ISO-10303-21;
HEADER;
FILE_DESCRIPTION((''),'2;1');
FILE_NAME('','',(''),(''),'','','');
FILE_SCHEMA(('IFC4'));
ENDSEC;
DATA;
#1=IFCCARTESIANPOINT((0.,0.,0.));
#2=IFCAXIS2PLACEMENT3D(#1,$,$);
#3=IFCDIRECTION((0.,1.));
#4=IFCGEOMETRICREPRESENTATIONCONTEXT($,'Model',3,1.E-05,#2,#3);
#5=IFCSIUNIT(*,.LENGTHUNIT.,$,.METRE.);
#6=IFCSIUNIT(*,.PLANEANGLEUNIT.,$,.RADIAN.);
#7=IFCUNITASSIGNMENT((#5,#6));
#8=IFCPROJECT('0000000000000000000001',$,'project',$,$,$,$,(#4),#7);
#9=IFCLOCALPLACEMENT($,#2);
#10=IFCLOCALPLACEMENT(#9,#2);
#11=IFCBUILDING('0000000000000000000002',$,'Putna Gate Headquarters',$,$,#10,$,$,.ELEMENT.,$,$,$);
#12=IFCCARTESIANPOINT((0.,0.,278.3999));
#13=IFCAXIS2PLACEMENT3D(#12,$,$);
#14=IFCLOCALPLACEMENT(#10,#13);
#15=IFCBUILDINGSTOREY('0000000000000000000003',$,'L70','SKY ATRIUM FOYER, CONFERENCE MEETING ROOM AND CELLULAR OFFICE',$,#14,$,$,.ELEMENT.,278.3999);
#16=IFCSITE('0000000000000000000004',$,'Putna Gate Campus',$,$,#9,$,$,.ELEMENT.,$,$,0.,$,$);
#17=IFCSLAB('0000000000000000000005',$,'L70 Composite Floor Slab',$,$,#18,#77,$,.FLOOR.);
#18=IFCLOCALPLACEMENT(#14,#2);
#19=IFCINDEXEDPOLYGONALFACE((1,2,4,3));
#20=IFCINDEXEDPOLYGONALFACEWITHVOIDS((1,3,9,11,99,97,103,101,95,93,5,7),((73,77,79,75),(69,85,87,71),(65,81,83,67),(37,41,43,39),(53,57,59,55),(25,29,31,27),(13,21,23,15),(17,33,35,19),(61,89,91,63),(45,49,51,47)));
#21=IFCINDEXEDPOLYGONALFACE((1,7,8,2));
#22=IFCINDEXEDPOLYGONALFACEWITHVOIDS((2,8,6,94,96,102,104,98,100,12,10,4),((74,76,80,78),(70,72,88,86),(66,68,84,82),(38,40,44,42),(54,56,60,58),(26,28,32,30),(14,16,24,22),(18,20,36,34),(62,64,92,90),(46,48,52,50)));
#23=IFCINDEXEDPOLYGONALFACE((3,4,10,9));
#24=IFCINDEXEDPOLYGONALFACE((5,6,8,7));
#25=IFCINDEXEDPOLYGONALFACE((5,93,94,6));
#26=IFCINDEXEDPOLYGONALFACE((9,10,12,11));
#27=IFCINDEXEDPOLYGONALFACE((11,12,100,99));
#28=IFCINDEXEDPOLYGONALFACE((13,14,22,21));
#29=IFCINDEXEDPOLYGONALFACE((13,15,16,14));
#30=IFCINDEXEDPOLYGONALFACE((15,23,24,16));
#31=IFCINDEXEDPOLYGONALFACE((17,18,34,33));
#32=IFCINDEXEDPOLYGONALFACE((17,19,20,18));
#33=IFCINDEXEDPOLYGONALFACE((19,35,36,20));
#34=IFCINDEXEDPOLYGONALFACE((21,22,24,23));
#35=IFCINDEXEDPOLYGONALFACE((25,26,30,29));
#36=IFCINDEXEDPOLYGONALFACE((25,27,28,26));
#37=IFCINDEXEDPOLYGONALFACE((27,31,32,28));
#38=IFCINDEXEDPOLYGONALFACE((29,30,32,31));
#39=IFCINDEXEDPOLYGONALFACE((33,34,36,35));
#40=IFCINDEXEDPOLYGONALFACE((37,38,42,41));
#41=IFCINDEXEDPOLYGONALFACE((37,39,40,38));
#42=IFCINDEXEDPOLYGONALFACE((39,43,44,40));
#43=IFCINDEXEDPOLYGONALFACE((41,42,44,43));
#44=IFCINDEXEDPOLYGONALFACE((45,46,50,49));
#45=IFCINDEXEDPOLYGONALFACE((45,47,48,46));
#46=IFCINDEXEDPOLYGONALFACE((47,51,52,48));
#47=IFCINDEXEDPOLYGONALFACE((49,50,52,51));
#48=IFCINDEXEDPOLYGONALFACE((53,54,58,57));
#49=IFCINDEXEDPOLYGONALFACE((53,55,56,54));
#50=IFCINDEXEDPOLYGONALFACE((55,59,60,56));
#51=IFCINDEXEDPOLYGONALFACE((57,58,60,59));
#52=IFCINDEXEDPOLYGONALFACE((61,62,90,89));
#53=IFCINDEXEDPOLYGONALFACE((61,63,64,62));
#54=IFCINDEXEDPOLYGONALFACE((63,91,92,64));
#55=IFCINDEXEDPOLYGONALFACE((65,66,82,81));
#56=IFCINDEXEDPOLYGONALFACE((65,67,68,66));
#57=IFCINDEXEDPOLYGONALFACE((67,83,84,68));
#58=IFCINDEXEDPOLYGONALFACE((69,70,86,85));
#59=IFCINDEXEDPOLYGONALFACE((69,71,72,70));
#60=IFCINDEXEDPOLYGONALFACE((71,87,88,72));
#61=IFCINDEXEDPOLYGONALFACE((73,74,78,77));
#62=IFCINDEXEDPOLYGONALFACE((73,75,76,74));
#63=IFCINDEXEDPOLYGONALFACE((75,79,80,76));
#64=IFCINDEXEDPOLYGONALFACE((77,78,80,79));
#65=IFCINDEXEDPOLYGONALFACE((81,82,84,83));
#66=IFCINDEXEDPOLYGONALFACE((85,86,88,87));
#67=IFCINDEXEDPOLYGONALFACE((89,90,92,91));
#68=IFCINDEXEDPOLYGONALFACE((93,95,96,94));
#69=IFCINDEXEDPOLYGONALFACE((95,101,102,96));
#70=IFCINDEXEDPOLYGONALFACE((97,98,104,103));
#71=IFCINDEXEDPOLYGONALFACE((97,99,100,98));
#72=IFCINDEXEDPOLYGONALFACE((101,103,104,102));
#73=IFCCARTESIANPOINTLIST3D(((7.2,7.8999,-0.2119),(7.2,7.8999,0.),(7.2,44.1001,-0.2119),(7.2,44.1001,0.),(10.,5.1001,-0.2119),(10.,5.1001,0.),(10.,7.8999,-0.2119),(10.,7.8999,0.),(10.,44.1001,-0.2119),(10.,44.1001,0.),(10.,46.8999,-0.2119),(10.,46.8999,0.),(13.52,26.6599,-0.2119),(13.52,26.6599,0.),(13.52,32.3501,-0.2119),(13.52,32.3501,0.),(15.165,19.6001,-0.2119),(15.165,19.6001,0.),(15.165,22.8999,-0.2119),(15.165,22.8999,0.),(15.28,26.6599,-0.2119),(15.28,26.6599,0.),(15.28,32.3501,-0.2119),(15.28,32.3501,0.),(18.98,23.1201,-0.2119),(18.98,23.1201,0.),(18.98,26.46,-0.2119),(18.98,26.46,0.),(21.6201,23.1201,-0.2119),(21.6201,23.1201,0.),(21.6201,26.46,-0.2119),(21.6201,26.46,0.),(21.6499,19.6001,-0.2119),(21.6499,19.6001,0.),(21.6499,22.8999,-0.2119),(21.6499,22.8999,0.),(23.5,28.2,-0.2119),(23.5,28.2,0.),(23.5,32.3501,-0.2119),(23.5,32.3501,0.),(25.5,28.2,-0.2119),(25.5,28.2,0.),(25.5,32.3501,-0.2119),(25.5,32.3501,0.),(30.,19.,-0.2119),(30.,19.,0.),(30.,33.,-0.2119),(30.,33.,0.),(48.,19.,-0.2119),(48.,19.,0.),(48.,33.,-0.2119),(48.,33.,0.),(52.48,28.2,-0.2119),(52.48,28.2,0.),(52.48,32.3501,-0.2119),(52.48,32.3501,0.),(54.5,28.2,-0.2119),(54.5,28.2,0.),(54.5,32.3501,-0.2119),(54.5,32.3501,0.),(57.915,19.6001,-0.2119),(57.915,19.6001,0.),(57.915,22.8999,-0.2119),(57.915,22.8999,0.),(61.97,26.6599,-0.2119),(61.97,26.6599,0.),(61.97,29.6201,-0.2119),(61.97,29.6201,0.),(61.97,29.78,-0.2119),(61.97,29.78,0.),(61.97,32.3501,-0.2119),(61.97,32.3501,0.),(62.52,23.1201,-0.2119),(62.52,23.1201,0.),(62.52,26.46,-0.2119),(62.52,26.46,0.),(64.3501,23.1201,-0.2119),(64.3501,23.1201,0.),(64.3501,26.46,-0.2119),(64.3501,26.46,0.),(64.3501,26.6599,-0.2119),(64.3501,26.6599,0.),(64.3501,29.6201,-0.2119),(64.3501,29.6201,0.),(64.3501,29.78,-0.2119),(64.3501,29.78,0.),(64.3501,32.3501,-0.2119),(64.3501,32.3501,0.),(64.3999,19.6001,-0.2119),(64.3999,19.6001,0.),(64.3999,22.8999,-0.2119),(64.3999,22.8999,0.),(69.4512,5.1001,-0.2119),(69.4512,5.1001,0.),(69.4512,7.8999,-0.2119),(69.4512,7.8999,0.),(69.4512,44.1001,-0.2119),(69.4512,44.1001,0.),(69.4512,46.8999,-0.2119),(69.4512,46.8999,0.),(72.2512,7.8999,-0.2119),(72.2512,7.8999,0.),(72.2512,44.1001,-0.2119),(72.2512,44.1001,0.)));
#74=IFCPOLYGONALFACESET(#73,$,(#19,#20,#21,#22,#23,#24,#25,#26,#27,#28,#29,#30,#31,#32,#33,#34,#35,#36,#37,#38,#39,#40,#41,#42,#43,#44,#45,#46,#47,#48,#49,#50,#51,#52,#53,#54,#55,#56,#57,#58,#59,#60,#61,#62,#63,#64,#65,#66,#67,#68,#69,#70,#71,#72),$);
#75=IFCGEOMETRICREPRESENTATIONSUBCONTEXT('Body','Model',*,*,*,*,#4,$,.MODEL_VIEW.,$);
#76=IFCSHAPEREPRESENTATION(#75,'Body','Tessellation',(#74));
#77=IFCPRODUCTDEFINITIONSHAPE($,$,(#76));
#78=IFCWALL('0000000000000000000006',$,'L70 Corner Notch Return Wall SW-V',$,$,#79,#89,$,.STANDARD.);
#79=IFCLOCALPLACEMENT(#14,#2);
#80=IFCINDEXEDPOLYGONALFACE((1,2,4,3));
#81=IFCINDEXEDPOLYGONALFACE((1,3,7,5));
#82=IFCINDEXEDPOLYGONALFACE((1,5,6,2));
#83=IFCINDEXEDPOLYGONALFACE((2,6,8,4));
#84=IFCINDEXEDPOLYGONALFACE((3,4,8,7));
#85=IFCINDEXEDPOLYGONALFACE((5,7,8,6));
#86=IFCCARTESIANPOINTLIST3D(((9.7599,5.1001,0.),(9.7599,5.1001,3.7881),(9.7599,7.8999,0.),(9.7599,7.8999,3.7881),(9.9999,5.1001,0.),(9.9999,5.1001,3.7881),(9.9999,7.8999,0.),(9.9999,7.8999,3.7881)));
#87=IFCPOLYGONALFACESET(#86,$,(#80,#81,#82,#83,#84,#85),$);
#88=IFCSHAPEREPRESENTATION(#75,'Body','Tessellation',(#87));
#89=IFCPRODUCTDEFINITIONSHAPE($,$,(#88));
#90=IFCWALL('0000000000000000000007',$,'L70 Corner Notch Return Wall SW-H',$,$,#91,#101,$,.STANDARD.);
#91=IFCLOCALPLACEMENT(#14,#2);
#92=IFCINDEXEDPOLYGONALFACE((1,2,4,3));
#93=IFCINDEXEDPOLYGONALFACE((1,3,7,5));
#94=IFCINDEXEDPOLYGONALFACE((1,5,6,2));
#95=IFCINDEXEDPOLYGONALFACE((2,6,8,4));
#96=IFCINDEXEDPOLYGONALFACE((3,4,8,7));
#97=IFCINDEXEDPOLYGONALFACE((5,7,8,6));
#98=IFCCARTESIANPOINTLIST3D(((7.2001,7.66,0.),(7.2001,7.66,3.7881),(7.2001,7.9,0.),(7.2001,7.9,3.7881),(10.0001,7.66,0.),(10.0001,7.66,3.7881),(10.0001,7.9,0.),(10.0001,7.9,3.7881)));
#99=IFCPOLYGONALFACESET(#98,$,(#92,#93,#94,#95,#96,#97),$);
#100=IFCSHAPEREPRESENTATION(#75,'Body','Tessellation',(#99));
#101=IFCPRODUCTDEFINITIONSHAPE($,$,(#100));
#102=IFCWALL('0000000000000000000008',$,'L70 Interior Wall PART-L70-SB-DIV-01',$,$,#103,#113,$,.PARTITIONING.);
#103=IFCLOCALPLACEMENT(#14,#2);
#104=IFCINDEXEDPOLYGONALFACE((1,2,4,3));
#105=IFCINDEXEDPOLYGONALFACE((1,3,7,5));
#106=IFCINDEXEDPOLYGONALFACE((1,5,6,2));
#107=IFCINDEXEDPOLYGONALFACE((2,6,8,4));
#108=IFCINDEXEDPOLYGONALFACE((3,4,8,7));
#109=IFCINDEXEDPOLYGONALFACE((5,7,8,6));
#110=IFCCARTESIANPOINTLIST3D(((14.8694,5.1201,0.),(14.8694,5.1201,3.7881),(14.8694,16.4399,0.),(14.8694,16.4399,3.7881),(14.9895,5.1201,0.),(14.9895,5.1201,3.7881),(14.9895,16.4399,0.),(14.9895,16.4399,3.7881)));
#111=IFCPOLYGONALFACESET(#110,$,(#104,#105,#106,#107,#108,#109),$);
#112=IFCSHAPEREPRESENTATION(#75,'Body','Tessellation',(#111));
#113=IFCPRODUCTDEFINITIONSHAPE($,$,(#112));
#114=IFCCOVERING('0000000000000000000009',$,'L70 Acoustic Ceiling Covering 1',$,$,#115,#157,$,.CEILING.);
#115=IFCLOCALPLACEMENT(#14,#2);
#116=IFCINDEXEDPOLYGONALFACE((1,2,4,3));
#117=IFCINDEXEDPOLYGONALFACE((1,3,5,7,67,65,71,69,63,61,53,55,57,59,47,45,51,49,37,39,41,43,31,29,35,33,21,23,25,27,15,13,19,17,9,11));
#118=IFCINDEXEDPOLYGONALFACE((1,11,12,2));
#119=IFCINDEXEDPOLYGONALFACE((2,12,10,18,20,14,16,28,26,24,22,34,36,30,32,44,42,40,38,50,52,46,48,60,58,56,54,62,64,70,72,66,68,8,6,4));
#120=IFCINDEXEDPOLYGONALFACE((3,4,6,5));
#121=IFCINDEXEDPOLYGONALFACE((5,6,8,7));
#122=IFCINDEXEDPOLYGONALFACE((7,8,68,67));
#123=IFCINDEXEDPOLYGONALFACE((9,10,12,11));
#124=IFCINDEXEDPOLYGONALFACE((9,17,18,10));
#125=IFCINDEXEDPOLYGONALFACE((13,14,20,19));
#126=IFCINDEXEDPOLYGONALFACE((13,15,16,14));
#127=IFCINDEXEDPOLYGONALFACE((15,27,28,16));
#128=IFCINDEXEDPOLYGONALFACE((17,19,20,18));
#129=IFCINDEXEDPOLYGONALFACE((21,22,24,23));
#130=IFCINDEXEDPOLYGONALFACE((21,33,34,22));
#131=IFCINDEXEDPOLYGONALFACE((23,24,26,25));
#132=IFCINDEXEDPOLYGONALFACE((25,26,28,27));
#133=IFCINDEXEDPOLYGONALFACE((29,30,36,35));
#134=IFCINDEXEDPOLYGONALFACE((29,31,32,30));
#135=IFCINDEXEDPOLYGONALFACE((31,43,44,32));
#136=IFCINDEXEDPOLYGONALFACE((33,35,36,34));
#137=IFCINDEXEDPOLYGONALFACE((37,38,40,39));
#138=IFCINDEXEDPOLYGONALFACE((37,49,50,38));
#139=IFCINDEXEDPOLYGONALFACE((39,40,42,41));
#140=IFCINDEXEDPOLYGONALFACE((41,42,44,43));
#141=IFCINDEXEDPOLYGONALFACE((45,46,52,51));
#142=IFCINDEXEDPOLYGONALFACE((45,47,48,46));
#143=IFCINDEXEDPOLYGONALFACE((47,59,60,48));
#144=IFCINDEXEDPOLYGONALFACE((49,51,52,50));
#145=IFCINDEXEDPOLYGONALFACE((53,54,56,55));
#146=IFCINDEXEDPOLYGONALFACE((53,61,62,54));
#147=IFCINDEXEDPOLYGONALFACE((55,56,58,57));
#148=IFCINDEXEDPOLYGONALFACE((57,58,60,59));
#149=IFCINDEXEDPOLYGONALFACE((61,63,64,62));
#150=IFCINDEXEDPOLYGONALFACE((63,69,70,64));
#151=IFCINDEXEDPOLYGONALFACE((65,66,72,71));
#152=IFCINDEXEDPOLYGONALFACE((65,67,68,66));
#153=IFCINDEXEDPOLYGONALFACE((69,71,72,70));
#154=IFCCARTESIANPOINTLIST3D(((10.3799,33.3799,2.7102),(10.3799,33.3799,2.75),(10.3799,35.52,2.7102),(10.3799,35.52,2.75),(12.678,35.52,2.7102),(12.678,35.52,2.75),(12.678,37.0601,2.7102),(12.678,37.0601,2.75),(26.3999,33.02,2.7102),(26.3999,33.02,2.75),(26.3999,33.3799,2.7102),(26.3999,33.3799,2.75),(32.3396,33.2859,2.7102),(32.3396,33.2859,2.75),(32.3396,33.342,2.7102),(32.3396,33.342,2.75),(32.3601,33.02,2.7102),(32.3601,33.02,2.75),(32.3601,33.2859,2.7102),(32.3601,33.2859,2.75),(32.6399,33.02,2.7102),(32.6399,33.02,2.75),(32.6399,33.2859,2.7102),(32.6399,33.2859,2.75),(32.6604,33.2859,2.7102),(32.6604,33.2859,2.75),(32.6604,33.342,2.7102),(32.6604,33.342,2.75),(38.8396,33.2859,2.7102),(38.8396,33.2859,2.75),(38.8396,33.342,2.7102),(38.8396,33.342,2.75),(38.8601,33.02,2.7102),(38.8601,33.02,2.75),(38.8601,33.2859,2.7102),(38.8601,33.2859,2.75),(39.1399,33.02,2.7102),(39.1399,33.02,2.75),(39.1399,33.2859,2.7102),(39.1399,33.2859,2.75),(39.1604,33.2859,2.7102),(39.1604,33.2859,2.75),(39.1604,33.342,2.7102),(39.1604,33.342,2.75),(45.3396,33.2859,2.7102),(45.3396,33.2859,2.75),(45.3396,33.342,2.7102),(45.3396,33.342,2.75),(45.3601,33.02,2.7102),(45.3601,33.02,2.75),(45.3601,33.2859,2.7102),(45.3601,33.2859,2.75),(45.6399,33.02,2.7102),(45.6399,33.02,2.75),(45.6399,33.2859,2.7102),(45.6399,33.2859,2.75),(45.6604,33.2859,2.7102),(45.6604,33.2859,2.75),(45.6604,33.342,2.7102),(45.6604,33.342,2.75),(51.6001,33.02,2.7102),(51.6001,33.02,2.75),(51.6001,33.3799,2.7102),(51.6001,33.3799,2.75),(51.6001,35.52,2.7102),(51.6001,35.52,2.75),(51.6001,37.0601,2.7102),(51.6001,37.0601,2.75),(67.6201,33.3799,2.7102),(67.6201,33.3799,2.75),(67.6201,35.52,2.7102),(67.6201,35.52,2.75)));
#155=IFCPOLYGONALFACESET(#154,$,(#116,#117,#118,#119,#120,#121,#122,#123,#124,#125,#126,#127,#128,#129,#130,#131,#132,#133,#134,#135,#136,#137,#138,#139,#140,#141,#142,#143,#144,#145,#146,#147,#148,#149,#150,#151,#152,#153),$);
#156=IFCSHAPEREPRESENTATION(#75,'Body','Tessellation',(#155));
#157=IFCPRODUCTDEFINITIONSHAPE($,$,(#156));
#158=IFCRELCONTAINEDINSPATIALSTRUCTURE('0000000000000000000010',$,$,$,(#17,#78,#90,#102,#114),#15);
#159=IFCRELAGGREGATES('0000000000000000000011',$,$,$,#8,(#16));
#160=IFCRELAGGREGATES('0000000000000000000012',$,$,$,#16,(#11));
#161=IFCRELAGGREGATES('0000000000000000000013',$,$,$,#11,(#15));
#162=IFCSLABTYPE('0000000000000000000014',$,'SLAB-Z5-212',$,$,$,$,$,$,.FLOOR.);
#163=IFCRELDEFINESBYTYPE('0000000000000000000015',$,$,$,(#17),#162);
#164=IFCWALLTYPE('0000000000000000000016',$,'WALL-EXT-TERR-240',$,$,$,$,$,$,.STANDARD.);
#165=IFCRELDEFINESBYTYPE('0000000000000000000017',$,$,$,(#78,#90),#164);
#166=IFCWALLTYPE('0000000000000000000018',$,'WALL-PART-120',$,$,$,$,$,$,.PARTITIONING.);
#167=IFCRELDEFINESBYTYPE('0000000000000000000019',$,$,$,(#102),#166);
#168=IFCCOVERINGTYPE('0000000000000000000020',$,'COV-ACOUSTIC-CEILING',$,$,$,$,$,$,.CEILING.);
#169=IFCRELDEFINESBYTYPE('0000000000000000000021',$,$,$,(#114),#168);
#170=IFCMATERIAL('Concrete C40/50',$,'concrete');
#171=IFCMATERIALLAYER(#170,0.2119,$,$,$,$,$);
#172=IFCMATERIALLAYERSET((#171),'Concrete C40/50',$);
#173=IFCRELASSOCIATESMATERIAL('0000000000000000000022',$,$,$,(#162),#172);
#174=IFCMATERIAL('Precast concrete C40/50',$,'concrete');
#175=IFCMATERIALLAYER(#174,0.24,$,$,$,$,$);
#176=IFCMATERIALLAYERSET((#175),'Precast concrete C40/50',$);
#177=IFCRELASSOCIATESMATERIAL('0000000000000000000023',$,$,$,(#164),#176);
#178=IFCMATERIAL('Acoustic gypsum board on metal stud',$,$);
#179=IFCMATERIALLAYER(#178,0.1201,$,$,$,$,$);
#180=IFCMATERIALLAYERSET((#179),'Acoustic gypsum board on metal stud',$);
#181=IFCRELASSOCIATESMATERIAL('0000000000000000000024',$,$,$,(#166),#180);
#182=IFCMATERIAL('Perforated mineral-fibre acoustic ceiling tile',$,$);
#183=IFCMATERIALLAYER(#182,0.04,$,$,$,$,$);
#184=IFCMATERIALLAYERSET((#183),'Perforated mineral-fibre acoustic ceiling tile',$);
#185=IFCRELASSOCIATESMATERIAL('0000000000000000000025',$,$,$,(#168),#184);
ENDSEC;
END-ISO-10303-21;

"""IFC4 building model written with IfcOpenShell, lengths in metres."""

from ifc_helpers import new_model, si_unit, direction, frame, frame_2d, origin, place, context, subcontext, project, spatial, polyline, rectangle, outline, extrude, material, layer, layer_set, type_object, element, save


model = new_model("IFC4")

# Units and contexts
model_context = context("Model", 3, precision=1e-05, world=origin(), true_north=direction((0.0, 1.0)))
body_context = subcontext(model_context, "Body", "Model", "MODEL_VIEW")
ifc_project = project(units=[si_unit("LENGTHUNIT", "METRE"), si_unit("PLANEANGLEUNIT", "RADIAN")], contexts=[model_context])

# Site, building, storey
site_placement = place(None, origin())
site = spatial("IfcSite", under=ifc_project, at=site_placement, Name="Putna Gate Campus", CompositionType="ELEMENT", RefElevation=0.0)
building_placement = place(site_placement, origin())
building = spatial("IfcBuilding", under=site, at=building_placement, Name="Putna Gate Headquarters", CompositionType="ELEMENT")
storey_placement = place(building_placement, frame((0.0, 0.0, 278.3999)))
storey = spatial("IfcBuildingStorey", under=building, at=storey_placement, Name="L70", Description="SKY ATRIUM FOYER, CONFERENCE MEETING ROOM AND CELLULAR OFFICE", CompositionType="ELEMENT", Elevation=278.3999)

# Shared definitions
ifc_material_1 = material(Name="Concrete C40/50", Category="concrete")

# Slab
ifc_layer_1 = layer(ifc_material_1, 0.2119)
ifc_layer_set_1 = layer_set([ifc_layer_1], Name="Concrete C40/50")
slab_type_1 = type_object("IfcSlabType", Name="SLAB-Z5-212", PredefinedType="FLOOR", material=ifc_layer_set_1)
slab_1_placement = place(storey_placement, frame((0.0, 0.0, -0.2119)))
element("IfcSlab", 1, at=slab_1_placement, inside=storey, type_object=slab_type_1, Name="L70 Composite Floor Slab", PredefinedType="FLOOR", context=body_context, shape_type="SweptSolid", body=[
    extrude(outline(polyline([(10.0, 5.1001), (69.4512, 5.1001), (69.4512, 7.8999), (72.2512, 7.8999), (72.2512, 44.1001), (69.4512, 44.1001), (69.4512, 46.8999), (10.0, 46.8999), (10.0, 44.1001), (7.2, 44.1001), (7.2, 7.8999), (10.0, 7.8999), (10.0, 5.1001)]), holes=[polyline([(15.165, 19.6001), (21.6499, 19.6001), (21.6499, 22.8999), (15.165, 22.8999), (15.165, 19.6001)]), polyline([(57.915, 19.6001), (64.3999, 19.6001), (64.3999, 22.8999), (57.915, 22.8999), (57.915, 19.6001)]), polyline([(13.52, 26.6599), (15.28, 26.6599), (15.28, 32.3501), (13.52, 32.3501), (13.52, 26.6599)]), polyline([(61.97, 29.78), (64.3501, 29.78), (64.3501, 32.3501), (61.97, 32.3501), (61.97, 29.78)]), polyline([(18.98, 23.1201), (21.6201, 23.1201), (21.6201, 26.46), (18.98, 26.46), (18.98, 23.1201)]), polyline([(62.52, 23.1201), (64.3501, 23.1201), (64.3501, 26.46), (62.52, 26.46), (62.52, 23.1201)]), polyline([(61.97, 26.6599), (64.3501, 26.6599), (64.3501, 29.6201), (61.97, 29.6201), (61.97, 26.6599)]), polyline([(23.5, 28.2), (25.5, 28.2), (25.5, 32.3501), (23.5, 32.3501), (23.5, 28.2)]), polyline([(52.48, 28.2), (54.5, 28.2), (54.5, 32.3501), (52.48, 32.3501), (52.48, 28.2)]), polyline([(30.0, 19.0), (48.0, 19.0), (48.0, 33.0), (30.0, 33.0), (30.0, 19.0)])]), origin(), (0.0, 0.0, 1.0), 0.2119),
])

# Walls
ifc_material_2 = material(Name="Precast concrete C40/50", Category="concrete")
ifc_layer_2 = layer(ifc_material_2, 0.24)
ifc_layer_set_2 = layer_set([ifc_layer_2], Name="Precast concrete C40/50")
wall_type_1 = type_object("IfcWallType", Name="WALL-EXT-TERR-240", PredefinedType="STANDARD", material=ifc_layer_set_2)
wall_1_placement = place(storey_placement, frame((9.8799, 5.1001, 0.0), z_axis=(0.0, 0.0, 1.0), x_axis=(0.0, 1.0, 0.0)))
element("IfcWall", 2, at=wall_1_placement, inside=storey, type_object=wall_type_1, Name="L70 Corner Notch Return Wall SW-V", PredefinedType="STANDARD", context=body_context, shape_type="SweptSolid", body=[
    extrude(rectangle(XDim=2.7998, YDim=0.24, at=frame_2d((1.3999, 0.0))), origin(), (0.0, 0.0, 1.0), 3.7881),
])
wall_2_placement = place(storey_placement, frame((10.0, 7.78, 0.0), z_axis=(0.0, 0.0, 1.0), x_axis=(-1.0, 0.0, 0.0)))
element("IfcWall", 3, at=wall_2_placement, inside=storey, type_object=wall_type_1, Name="L70 Corner Notch Return Wall SW-H", PredefinedType="STANDARD", context=body_context, shape_type="SweptSolid", body=[
    extrude(rectangle(XDim=2.8, YDim=0.24, at=frame_2d((1.3999, 0.0))), origin(), (0.0, 0.0, 1.0), 3.7881),
])
ifc_material_3 = material(Name="Acoustic gypsum board on metal stud")
ifc_layer_3 = layer(ifc_material_3, 0.1201)
ifc_layer_set_3 = layer_set([ifc_layer_3], Name="Acoustic gypsum board on metal stud")
wall_type_2 = type_object("IfcWallType", Name="WALL-PART-120", PredefinedType="PARTITIONING", material=ifc_layer_set_3)
wall_3_placement = place(storey_placement, frame((14.9294, 5.1201, 0.0), z_axis=(0.0, 0.0, 1.0), x_axis=(0.0, 1.0, 0.0)))
element("IfcWall", 4, at=wall_3_placement, inside=storey, type_object=wall_type_2, Name="L70 Interior Wall PART-L70-SB-DIV-01", PredefinedType="PARTITIONING", context=body_context, shape_type="SweptSolid", body=[
    extrude(rectangle(XDim=11.3198, YDim=0.1201, at=frame_2d((5.6599, 0.0))), origin(), (0.0, 0.0, 1.0), 3.7881),
])

# Covering
ifc_material_4 = material(Name="Perforated mineral-fibre acoustic ceiling tile")
ifc_layer_4 = layer(ifc_material_4, 0.04)
ifc_layer_set_4 = layer_set([ifc_layer_4], Name="Perforated mineral-fibre acoustic ceiling tile")
covering_type_1 = type_object("IfcCoveringType", Name="COV-ACOUSTIC-CEILING", PredefinedType="CEILING", material=ifc_layer_set_4)
covering_1_placement = place(storey_placement, frame((0.0, 0.0, 2.7102)))
element("IfcCovering", 5, at=covering_1_placement, inside=storey, type_object=covering_type_1, Name="L70 Acoustic Ceiling Covering 1", PredefinedType="CEILING", context=body_context, shape_type="SweptSolid", body=[
    extrude(outline(polyline([(45.3601, 33.2859), (45.3396, 33.2859), (45.3396, 33.342), (45.6604, 33.342), (45.6604, 33.2859), (45.6399, 33.2859), (45.6399, 33.02), (51.6001, 33.02), (51.6001, 33.3799), (67.6201, 33.3799), (67.6201, 35.52), (51.6001, 35.52), (51.6001, 37.0601), (12.678, 37.0601), (12.678, 35.52), (10.3799, 35.52), (10.3799, 33.3799), (26.3999, 33.3799), (26.3999, 33.02), (32.3601, 33.02), (32.3601, 33.2859), (32.3396, 33.2859), (32.3396, 33.342), (32.6604, 33.342), (32.6604, 33.2859), (32.6399, 33.2859), (32.6399, 33.02), (38.8601, 33.02), (38.8601, 33.2859), (38.8396, 33.2859), (38.8396, 33.342), (39.1604, 33.342), (39.1604, 33.2859), (39.1399, 33.2859), (39.1399, 33.02), (45.3601, 33.02), (45.3601, 33.2859)])), origin(), (0.0, 0.0, 1.0), 0.0398),
])

save(model, "model.ifc")
